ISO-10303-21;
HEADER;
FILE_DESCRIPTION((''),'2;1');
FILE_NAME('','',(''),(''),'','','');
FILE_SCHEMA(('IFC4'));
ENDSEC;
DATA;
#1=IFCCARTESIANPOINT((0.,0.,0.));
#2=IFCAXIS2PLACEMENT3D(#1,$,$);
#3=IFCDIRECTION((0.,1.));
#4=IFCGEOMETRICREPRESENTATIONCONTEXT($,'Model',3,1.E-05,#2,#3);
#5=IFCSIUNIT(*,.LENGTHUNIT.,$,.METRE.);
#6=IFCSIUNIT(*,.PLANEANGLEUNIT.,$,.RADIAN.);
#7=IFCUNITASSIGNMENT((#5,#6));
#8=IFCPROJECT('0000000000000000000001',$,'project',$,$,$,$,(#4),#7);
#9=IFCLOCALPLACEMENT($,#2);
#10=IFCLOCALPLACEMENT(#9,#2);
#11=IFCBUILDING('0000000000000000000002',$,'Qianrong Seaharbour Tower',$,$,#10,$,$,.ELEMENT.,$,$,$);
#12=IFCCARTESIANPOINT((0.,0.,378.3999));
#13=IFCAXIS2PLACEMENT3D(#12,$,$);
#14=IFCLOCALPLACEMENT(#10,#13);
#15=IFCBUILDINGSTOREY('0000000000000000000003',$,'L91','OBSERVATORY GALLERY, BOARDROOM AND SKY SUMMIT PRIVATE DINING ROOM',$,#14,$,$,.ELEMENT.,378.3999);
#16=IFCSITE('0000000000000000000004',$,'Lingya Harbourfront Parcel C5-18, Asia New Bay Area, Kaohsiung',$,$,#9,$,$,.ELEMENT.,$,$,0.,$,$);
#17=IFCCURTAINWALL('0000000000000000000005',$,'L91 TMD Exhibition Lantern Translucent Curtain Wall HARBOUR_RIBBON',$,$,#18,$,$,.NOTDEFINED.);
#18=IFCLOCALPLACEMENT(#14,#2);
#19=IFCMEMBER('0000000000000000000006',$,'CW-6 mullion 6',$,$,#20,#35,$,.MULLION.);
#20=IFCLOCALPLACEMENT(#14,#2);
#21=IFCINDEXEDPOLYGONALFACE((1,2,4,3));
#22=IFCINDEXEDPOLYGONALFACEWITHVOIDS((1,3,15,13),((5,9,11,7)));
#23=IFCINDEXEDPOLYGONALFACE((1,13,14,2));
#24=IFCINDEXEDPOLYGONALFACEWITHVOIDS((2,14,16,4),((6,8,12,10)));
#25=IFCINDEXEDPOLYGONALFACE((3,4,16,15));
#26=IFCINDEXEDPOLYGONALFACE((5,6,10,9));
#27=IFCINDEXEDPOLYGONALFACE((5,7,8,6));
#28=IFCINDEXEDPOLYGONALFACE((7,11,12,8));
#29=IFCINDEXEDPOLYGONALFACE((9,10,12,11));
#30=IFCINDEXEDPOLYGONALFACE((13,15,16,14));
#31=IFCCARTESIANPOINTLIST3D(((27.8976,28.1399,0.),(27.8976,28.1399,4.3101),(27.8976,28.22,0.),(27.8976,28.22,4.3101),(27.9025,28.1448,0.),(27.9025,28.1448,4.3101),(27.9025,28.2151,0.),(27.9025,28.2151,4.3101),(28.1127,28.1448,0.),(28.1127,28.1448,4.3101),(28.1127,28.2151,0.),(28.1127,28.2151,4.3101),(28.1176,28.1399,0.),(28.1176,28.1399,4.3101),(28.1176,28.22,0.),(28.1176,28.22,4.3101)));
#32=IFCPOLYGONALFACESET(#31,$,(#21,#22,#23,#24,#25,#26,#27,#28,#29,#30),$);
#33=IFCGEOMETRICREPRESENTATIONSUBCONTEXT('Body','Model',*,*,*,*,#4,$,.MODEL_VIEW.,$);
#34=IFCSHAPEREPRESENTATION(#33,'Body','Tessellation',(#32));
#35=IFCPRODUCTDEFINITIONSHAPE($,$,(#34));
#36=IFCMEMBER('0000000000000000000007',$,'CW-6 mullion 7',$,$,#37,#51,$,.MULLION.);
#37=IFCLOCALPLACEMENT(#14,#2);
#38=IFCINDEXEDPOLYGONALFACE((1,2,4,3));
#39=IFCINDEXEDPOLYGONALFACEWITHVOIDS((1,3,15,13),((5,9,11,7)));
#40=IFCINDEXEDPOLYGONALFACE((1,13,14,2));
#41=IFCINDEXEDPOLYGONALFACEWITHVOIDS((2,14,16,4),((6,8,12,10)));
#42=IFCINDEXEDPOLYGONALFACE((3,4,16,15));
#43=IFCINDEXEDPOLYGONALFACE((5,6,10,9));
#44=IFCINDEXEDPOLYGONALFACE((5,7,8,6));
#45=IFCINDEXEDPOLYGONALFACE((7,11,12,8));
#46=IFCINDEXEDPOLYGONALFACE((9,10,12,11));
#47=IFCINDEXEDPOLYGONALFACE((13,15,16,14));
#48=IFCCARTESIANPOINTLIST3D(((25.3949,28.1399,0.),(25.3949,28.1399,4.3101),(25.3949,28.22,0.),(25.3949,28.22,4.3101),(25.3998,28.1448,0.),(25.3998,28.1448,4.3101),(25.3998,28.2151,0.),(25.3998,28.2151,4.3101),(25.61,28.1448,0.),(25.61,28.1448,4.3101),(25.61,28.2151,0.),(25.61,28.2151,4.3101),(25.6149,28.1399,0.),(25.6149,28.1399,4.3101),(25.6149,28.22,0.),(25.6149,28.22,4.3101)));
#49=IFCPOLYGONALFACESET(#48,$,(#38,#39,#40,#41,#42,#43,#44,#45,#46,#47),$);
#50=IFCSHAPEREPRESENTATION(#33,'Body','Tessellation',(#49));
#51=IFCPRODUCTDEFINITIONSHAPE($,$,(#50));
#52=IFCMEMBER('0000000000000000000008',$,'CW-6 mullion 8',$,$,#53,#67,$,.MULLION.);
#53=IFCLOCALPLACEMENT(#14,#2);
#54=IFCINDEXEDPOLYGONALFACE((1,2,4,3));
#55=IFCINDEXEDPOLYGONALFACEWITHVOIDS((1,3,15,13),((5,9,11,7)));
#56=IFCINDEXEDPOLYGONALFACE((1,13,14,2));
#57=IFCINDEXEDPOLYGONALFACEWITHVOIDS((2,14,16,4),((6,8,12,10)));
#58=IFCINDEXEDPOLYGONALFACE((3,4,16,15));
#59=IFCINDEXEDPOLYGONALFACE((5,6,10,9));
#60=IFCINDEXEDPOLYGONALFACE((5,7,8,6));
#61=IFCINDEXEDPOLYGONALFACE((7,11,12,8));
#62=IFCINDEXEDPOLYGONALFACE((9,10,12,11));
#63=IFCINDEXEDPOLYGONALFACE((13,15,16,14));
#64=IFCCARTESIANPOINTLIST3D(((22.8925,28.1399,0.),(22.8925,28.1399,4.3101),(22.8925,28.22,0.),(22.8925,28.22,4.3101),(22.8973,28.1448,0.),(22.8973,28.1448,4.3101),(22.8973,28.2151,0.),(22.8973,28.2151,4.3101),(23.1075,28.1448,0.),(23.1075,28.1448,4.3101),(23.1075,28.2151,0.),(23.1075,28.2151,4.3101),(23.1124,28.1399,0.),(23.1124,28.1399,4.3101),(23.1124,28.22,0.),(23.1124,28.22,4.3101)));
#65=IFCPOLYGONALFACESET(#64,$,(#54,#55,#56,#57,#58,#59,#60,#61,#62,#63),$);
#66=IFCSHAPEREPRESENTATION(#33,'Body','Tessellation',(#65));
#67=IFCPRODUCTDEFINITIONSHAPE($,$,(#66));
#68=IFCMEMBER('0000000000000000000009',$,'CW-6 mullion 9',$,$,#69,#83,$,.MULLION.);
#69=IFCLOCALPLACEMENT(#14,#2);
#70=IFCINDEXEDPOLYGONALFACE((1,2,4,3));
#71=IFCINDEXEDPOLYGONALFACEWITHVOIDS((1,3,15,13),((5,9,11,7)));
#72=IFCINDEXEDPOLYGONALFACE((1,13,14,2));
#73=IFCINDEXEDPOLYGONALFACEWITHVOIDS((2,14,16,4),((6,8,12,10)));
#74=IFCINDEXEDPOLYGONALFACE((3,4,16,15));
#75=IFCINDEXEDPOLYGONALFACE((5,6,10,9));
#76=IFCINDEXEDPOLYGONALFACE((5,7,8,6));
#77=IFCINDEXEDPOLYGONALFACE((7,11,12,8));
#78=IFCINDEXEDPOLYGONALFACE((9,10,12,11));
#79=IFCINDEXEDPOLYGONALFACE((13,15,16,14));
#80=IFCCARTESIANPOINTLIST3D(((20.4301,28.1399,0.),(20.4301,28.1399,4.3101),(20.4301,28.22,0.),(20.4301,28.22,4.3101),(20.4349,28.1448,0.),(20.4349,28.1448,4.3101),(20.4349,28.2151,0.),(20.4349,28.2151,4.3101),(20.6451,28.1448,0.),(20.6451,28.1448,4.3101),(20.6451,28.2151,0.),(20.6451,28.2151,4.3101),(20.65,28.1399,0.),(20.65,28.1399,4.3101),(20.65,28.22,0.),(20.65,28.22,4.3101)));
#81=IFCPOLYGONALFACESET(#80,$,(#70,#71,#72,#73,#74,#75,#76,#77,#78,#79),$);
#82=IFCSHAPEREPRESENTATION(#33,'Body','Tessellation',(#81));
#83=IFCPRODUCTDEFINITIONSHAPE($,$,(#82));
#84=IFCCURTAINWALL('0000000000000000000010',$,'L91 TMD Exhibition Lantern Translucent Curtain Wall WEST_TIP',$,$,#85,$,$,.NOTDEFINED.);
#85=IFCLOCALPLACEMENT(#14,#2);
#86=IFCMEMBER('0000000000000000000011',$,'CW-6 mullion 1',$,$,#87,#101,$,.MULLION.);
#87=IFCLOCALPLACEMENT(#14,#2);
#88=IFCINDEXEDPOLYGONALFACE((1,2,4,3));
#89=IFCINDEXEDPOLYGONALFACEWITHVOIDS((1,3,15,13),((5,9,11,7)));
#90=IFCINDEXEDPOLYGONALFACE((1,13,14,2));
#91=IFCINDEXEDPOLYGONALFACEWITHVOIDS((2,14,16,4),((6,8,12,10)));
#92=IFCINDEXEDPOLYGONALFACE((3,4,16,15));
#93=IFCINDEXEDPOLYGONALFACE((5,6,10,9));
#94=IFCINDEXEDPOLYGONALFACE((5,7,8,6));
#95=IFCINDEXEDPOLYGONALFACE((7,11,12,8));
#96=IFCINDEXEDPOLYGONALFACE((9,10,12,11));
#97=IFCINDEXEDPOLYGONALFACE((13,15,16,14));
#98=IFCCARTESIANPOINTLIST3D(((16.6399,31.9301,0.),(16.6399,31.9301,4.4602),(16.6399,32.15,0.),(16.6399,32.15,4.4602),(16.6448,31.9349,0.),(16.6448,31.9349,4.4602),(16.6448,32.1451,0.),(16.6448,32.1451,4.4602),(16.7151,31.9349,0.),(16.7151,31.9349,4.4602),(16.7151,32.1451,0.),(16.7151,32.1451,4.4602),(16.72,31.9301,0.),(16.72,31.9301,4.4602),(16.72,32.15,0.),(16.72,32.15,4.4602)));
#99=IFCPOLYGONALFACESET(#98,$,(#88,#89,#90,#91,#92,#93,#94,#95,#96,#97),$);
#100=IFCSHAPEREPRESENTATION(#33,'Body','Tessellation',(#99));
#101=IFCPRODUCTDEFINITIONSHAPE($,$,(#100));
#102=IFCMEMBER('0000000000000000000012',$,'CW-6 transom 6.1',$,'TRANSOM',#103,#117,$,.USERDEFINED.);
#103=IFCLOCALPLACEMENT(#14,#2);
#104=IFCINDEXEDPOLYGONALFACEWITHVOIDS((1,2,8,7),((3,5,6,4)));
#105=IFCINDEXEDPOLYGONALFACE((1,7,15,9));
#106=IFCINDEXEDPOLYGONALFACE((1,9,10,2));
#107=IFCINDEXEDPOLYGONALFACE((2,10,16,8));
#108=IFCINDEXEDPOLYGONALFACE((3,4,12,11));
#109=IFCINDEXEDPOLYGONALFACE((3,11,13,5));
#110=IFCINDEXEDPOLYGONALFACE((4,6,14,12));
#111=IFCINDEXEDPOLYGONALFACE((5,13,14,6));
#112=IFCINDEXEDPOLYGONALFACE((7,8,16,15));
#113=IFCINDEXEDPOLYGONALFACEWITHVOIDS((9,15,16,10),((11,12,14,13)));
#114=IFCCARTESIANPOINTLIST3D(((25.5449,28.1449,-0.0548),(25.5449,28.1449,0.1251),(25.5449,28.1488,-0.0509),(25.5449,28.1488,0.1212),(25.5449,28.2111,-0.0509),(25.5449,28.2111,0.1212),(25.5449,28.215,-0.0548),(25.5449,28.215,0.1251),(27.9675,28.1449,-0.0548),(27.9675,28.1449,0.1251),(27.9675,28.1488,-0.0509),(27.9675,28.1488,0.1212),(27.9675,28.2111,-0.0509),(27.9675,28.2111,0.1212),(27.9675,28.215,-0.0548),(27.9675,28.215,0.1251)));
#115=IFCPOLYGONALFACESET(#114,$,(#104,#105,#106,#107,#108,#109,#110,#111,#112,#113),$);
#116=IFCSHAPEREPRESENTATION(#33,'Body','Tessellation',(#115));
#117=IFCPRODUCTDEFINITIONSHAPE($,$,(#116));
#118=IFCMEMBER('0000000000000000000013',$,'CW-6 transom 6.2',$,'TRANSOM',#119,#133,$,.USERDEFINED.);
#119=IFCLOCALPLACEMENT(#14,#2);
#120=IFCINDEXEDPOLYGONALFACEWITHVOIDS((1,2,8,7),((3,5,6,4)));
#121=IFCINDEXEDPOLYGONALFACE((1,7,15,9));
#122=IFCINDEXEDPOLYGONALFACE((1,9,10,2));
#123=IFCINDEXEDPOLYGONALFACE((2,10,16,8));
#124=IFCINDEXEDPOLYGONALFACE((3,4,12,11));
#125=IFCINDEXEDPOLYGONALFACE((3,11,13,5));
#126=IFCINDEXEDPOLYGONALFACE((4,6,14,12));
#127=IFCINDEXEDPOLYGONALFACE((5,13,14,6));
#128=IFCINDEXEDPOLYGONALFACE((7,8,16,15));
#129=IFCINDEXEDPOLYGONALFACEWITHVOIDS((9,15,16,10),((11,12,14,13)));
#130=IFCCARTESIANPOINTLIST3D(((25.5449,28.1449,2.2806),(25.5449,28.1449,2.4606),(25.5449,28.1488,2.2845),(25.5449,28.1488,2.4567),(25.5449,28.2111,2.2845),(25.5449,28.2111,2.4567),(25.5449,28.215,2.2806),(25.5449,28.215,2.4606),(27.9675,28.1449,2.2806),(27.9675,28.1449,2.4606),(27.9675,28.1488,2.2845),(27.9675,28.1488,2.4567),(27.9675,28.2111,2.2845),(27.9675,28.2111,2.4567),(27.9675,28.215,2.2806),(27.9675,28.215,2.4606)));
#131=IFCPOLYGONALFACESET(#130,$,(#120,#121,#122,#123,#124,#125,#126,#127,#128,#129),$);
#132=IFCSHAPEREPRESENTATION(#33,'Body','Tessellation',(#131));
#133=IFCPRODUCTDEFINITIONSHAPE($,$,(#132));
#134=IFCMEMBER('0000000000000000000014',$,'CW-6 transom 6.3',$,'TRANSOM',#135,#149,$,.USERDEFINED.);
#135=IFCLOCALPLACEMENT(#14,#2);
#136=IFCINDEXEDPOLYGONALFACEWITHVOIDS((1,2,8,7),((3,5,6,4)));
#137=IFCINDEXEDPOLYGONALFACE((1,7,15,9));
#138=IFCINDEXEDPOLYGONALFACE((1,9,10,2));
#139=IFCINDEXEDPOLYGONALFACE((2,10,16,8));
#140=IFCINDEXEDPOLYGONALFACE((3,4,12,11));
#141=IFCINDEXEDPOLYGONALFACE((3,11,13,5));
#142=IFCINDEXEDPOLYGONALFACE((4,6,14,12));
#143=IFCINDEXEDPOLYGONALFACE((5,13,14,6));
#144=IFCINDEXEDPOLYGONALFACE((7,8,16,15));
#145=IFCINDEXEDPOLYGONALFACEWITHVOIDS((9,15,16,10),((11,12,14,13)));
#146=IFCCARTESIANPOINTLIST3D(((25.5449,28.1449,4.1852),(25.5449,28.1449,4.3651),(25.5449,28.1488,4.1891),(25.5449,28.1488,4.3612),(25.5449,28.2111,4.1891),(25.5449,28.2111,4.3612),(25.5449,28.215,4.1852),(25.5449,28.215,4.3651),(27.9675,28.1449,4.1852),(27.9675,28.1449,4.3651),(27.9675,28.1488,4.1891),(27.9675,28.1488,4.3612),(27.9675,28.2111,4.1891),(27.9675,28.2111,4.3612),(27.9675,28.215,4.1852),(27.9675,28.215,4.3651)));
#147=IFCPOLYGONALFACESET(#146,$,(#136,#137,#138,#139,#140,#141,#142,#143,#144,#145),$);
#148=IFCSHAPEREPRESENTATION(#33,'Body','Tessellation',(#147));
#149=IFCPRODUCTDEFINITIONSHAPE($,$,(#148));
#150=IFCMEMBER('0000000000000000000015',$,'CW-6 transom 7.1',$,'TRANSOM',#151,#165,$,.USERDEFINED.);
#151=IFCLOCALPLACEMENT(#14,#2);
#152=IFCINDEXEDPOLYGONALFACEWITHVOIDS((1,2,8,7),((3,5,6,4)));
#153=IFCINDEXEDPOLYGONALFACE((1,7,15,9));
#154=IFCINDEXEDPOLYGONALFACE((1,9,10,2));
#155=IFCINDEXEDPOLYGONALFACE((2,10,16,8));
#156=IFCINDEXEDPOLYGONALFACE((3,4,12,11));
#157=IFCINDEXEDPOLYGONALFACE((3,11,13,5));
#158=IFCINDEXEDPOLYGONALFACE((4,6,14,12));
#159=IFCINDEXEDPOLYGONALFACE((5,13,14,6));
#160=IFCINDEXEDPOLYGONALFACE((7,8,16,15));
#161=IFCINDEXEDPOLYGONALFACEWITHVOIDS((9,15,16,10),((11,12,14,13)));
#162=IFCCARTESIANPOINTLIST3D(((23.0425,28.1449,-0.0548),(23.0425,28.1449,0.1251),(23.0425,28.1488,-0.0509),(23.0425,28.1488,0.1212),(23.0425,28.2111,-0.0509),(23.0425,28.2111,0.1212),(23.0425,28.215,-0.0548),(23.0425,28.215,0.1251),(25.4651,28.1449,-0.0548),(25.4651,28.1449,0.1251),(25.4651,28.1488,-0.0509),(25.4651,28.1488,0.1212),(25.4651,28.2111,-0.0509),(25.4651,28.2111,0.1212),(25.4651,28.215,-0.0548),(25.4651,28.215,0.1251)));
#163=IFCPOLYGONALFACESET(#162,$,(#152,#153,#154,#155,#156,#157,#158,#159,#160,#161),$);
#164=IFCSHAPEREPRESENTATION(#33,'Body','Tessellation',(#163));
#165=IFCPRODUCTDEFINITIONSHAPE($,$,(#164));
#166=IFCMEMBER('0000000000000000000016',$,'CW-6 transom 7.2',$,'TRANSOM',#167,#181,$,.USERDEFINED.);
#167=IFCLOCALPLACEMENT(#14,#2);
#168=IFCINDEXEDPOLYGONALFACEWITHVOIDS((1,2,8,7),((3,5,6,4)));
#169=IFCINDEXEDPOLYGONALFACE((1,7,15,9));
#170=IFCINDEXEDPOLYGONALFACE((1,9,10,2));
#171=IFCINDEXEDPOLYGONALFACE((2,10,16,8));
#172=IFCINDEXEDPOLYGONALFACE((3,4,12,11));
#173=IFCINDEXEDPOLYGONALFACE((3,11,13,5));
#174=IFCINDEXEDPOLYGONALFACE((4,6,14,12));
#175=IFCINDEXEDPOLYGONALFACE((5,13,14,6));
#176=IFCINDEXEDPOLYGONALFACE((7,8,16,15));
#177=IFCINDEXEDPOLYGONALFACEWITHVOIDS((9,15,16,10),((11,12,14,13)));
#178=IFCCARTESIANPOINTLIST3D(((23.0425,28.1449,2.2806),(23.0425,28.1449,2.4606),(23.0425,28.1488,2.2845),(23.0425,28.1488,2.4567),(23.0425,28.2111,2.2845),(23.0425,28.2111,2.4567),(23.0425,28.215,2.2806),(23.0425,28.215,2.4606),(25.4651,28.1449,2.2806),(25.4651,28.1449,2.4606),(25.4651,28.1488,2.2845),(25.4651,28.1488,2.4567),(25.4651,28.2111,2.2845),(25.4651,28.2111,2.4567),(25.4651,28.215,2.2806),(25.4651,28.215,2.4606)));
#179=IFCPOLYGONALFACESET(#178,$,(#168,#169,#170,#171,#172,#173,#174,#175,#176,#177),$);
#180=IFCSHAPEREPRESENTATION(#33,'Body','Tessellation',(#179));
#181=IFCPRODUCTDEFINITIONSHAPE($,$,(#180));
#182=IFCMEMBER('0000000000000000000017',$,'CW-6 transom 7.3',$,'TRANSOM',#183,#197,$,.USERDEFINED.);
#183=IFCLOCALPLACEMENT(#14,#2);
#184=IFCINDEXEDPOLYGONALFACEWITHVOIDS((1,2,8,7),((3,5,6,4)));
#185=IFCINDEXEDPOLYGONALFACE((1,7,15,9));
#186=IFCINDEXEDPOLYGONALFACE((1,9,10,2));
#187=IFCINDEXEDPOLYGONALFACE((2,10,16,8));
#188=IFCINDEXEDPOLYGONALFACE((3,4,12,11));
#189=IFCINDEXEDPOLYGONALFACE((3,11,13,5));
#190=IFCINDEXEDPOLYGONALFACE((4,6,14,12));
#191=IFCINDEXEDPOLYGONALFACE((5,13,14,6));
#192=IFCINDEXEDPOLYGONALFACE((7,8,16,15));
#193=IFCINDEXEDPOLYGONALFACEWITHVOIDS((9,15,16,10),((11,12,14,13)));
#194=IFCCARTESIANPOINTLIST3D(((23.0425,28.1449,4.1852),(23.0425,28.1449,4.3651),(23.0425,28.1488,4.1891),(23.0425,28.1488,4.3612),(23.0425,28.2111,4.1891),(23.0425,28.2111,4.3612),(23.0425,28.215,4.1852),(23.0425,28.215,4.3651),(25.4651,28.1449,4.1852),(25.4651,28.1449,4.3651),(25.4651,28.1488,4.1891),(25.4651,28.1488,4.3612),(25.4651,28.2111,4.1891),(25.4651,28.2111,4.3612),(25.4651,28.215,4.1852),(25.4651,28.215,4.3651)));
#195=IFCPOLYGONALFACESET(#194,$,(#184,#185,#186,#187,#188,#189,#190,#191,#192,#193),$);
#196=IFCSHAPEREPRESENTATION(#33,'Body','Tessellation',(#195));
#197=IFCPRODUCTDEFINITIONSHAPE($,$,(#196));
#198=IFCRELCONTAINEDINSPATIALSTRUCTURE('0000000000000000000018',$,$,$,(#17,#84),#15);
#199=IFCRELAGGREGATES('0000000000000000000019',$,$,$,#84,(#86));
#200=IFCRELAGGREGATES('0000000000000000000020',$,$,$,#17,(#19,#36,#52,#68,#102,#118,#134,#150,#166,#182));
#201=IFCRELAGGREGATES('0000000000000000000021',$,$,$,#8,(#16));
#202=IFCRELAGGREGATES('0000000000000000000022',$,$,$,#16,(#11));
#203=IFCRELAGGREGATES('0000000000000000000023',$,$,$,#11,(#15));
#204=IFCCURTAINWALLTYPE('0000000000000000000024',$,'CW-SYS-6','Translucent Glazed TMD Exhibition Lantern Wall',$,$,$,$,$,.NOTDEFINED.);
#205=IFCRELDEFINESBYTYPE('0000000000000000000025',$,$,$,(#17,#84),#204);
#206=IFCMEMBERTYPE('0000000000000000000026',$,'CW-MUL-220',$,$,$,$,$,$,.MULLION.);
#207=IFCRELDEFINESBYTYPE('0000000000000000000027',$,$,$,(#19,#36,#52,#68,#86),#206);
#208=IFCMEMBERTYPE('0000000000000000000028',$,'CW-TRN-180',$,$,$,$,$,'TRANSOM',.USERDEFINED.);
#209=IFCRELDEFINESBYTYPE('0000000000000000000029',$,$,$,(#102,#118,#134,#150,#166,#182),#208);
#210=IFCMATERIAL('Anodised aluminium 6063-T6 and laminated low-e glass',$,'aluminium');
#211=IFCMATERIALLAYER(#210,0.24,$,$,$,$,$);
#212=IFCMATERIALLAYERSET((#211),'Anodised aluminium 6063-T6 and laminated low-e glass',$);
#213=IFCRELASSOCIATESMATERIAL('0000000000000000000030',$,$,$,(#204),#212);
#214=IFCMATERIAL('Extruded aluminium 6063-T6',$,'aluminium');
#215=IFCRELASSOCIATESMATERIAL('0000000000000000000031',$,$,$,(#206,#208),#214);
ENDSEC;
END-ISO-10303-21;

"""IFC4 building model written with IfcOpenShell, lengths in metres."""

from ifc_helpers import new_model, si_unit, direction, frame, origin, origin_2d, place, context, subcontext, project, spatial, hollow_rectangle, extrude, material, layer, layer_set, material_profile, profile_set, type_object, element, aggregate, save


model = new_model("IFC4")

# Units and contexts
model_context = context("Model", 3, precision=1e-05, world=origin(), true_north=direction((0.0, 1.0)))
body_context = subcontext(model_context, "Body", "Model", "MODEL_VIEW")
ifc_project = project(units=[si_unit("LENGTHUNIT", "METRE"), si_unit("PLANEANGLEUNIT", "RADIAN")], contexts=[model_context])

# Site, building, storey
site_placement = place(None, origin())
site = spatial("IfcSite", under=ifc_project, at=site_placement, Name="Lingya Harbourfront Parcel C5-18, Asia New Bay Area, Kaohsiung", CompositionType="ELEMENT", RefElevation=0.0)
building_placement = place(site_placement, origin())
building = spatial("IfcBuilding", under=site, at=building_placement, Name="Qianrong Seaharbour Tower", CompositionType="ELEMENT")
storey_placement = place(building_placement, frame((0.0, 0.0, 378.3999)))
storey = spatial("IfcBuildingStorey", under=building, at=storey_placement, Name="L91", Description="OBSERVATORY GALLERY, BOARDROOM AND SKY SUMMIT PRIVATE DINING ROOM", CompositionType="ELEMENT", Elevation=378.3999)

# Curtain wall, members
ifc_material_1 = material(Name="Anodised aluminium 6063-T6 and laminated low-e glass", Category="aluminium")
ifc_layer_1 = layer(ifc_material_1, 0.24)
ifc_layer_set_1 = layer_set([ifc_layer_1], Name="Anodised aluminium 6063-T6 and laminated low-e glass")
curtain_wall_type = type_object("IfcCurtainWallType", Name="CW-SYS-6", Description="Translucent Glazed TMD Exhibition Lantern Wall", PredefinedType="NOTDEFINED", material=ifc_layer_set_1)
curtain_wall_1_placement = place(storey_placement, origin())
curtain_wall_1 = element("IfcCurtainWall", 1, at=curtain_wall_1_placement, inside=storey, type_object=curtain_wall_type, Name="L91 TMD Exhibition Lantern Translucent Curtain Wall HARBOUR_RIBBON", PredefinedType="NOTDEFINED")
ifc_material_2 = material(Name="Extruded aluminium 6063-T6", Category="aluminium")
ifc_material_profile_1 = material_profile(ifc_material_2, hollow_rectangle(XDim=0.0801, YDim=0.22, WallThickness=0.0049, at=origin_2d()), Name="ALU-MUL-220x80x5")
ifc_profile_set_1 = profile_set([ifc_material_profile_1], Name="Extruded aluminium 6063-T6")
member_type_1 = type_object("IfcMemberType", Name="CW-MUL-220", PredefinedType="MULLION", material=ifc_profile_set_1)
member_1_placement = place(storey_placement, frame((28.0076, 28.1799, 0.0), z_axis=(0.0, 0.0, 1.0), x_axis=(0.0, -1.0, 0.0)))
member_1 = element("IfcMember", 2, at=member_1_placement, type_object=member_type_1, Name="CW-6 mullion 6", PredefinedType="MULLION", context=body_context, shape_type="SweptSolid", body=[
    extrude(hollow_rectangle(XDim=0.0801, YDim=0.22, WallThickness=0.0049, at=origin_2d()), origin(), (0.0, 0.0, 1.0), 4.3101),
])
member_2_placement = place(storey_placement, frame((25.5049, 28.1799, 0.0), z_axis=(0.0, 0.0, 1.0), x_axis=(0.0, -1.0, 0.0)))
member_2 = element("IfcMember", 3, at=member_2_placement, type_object=member_type_1, Name="CW-6 mullion 7", PredefinedType="MULLION", context=body_context, shape_type="SweptSolid", body=[
    extrude(hollow_rectangle(XDim=0.0801, YDim=0.22, WallThickness=0.0049, at=origin_2d()), origin(), (0.0, 0.0, 1.0), 4.3101),
])
member_3_placement = place(storey_placement, frame((23.0024, 28.1799, 0.0), z_axis=(0.0, 0.0, 1.0), x_axis=(0.0, -1.0, 0.0)))
member_3 = element("IfcMember", 4, at=member_3_placement, type_object=member_type_1, Name="CW-6 mullion 8", PredefinedType="MULLION", context=body_context, shape_type="SweptSolid", body=[
    extrude(hollow_rectangle(XDim=0.0801, YDim=0.22, WallThickness=0.0049, at=origin_2d()), origin(), (0.0, 0.0, 1.0), 4.3101),
])
member_4_placement = place(storey_placement, frame((20.54, 28.1799, 0.0), z_axis=(0.0, 0.0, 1.0), x_axis=(0.0, -1.0, 0.0)))
member_4 = element("IfcMember", 5, at=member_4_placement, type_object=member_type_1, Name="CW-6 mullion 9", PredefinedType="MULLION", context=body_context, shape_type="SweptSolid", body=[
    extrude(hollow_rectangle(XDim=0.0801, YDim=0.22, WallThickness=0.0049, at=origin_2d()), origin(), (0.0, 0.0, 1.0), 4.3101),
])

# Curtain wall, member
curtain_wall_2_placement = place(storey_placement, origin())
curtain_wall_2 = element("IfcCurtainWall", 6, at=curtain_wall_2_placement, inside=storey, type_object=curtain_wall_type, Name="L91 TMD Exhibition Lantern Translucent Curtain Wall WEST_TIP", PredefinedType="NOTDEFINED")
member_5_placement = place(storey_placement, frame((16.6799, 32.04, 0.0), z_axis=(0.0, 0.0, 1.0), x_axis=(-1.0, 0.0, 0.0)))
member_5 = element("IfcMember", 7, at=member_5_placement, type_object=member_type_1, Name="CW-6 mullion 1", PredefinedType="MULLION", context=body_context, shape_type="SweptSolid", body=[
    extrude(hollow_rectangle(XDim=0.0801, YDim=0.22, WallThickness=0.0049, at=origin_2d()), origin(), (0.0, 0.0, 1.0), 4.4602),
])
aggregate(curtain_wall_2, [member_5])

# Members
ifc_material_profile_2 = material_profile(ifc_material_2, hollow_rectangle(XDim=0.0701, YDim=0.1799, WallThickness=0.0039, at=origin_2d()), Name="ALU-TRN-180x70x4")
ifc_profile_set_2 = profile_set([ifc_material_profile_2], Name="Extruded aluminium 6063-T6")
member_type_2 = type_object("IfcMemberType", Name="CW-TRN-180", ElementType="TRANSOM", PredefinedType="USERDEFINED", material=ifc_profile_set_2)
member_6_placement = place(storey_placement, frame((27.9675, 28.1799, 0.0352), z_axis=(-1.0, 0.0, 0.0), x_axis=(0.0, -1.0, 0.0)))
member_6 = element("IfcMember", 8, at=member_6_placement, type_object=member_type_2, Name="CW-6 transom 6.1", ObjectType="TRANSOM", PredefinedType="USERDEFINED", context=body_context, shape_type="SweptSolid", body=[
    extrude(hollow_rectangle(XDim=0.0701, YDim=0.1799, WallThickness=0.0039, at=origin_2d()), origin(), (0.0, 0.0, 1.0), 2.4226),
])
member_7_placement = place(storey_placement, frame((27.9675, 28.1799, 2.3706), z_axis=(-1.0, 0.0, 0.0), x_axis=(0.0, -1.0, 0.0)))
member_7 = element("IfcMember", 9, at=member_7_placement, type_object=member_type_2, Name="CW-6 transom 6.2", ObjectType="TRANSOM", PredefinedType="USERDEFINED", context=body_context, shape_type="SweptSolid", body=[
    extrude(hollow_rectangle(XDim=0.0701, YDim=0.1799, WallThickness=0.0039, at=origin_2d()), origin(), (0.0, 0.0, 1.0), 2.4226),
])
member_8_placement = place(storey_placement, frame((27.9675, 28.1799, 4.2751), z_axis=(-1.0, 0.0, 0.0), x_axis=(0.0, -1.0, 0.0)))
member_8 = element("IfcMember", 10, at=member_8_placement, type_object=member_type_2, Name="CW-6 transom 6.3", ObjectType="TRANSOM", PredefinedType="USERDEFINED", context=body_context, shape_type="SweptSolid", body=[
    extrude(hollow_rectangle(XDim=0.0701, YDim=0.1799, WallThickness=0.0039, at=origin_2d()), origin(), (0.0, 0.0, 1.0), 2.4226),
])
member_9_placement = place(storey_placement, frame((25.4651, 28.1799, 0.0352), z_axis=(-1.0, 0.0, 0.0), x_axis=(0.0, -1.0, 0.0)))
member_9 = element("IfcMember", 11, at=member_9_placement, type_object=member_type_2, Name="CW-6 transom 7.1", ObjectType="TRANSOM", PredefinedType="USERDEFINED", context=body_context, shape_type="SweptSolid", body=[
    extrude(hollow_rectangle(XDim=0.0701, YDim=0.1799, WallThickness=0.0039, at=origin_2d()), origin(), (0.0, 0.0, 1.0), 2.4226),
])
member_10_placement = place(storey_placement, frame((25.4651, 28.1799, 2.3706), z_axis=(-1.0, 0.0, 0.0), x_axis=(0.0, -1.0, 0.0)))
member_10 = element("IfcMember", 12, at=member_10_placement, type_object=member_type_2, Name="CW-6 transom 7.2", ObjectType="TRANSOM", PredefinedType="USERDEFINED", context=body_context, shape_type="SweptSolid", body=[
    extrude(hollow_rectangle(XDim=0.0701, YDim=0.1799, WallThickness=0.0039, at=origin_2d()), origin(), (0.0, 0.0, 1.0), 2.4226),
])
member_11_placement = place(storey_placement, frame((25.4651, 28.1799, 4.2751), z_axis=(-1.0, 0.0, 0.0), x_axis=(0.0, -1.0, 0.0)))
member_11 = element("IfcMember", 13, at=member_11_placement, type_object=member_type_2, Name="CW-6 transom 7.3", ObjectType="TRANSOM", PredefinedType="USERDEFINED", context=body_context, shape_type="SweptSolid", body=[
    extrude(hollow_rectangle(XDim=0.0701, YDim=0.1799, WallThickness=0.0039, at=origin_2d()), origin(), (0.0, 0.0, 1.0), 2.4226),
])

aggregate(curtain_wall_1, [member_1, member_2, member_3, member_4, member_6, member_7, member_8, member_9, member_10, member_11])

save(model, "model.ifc")
